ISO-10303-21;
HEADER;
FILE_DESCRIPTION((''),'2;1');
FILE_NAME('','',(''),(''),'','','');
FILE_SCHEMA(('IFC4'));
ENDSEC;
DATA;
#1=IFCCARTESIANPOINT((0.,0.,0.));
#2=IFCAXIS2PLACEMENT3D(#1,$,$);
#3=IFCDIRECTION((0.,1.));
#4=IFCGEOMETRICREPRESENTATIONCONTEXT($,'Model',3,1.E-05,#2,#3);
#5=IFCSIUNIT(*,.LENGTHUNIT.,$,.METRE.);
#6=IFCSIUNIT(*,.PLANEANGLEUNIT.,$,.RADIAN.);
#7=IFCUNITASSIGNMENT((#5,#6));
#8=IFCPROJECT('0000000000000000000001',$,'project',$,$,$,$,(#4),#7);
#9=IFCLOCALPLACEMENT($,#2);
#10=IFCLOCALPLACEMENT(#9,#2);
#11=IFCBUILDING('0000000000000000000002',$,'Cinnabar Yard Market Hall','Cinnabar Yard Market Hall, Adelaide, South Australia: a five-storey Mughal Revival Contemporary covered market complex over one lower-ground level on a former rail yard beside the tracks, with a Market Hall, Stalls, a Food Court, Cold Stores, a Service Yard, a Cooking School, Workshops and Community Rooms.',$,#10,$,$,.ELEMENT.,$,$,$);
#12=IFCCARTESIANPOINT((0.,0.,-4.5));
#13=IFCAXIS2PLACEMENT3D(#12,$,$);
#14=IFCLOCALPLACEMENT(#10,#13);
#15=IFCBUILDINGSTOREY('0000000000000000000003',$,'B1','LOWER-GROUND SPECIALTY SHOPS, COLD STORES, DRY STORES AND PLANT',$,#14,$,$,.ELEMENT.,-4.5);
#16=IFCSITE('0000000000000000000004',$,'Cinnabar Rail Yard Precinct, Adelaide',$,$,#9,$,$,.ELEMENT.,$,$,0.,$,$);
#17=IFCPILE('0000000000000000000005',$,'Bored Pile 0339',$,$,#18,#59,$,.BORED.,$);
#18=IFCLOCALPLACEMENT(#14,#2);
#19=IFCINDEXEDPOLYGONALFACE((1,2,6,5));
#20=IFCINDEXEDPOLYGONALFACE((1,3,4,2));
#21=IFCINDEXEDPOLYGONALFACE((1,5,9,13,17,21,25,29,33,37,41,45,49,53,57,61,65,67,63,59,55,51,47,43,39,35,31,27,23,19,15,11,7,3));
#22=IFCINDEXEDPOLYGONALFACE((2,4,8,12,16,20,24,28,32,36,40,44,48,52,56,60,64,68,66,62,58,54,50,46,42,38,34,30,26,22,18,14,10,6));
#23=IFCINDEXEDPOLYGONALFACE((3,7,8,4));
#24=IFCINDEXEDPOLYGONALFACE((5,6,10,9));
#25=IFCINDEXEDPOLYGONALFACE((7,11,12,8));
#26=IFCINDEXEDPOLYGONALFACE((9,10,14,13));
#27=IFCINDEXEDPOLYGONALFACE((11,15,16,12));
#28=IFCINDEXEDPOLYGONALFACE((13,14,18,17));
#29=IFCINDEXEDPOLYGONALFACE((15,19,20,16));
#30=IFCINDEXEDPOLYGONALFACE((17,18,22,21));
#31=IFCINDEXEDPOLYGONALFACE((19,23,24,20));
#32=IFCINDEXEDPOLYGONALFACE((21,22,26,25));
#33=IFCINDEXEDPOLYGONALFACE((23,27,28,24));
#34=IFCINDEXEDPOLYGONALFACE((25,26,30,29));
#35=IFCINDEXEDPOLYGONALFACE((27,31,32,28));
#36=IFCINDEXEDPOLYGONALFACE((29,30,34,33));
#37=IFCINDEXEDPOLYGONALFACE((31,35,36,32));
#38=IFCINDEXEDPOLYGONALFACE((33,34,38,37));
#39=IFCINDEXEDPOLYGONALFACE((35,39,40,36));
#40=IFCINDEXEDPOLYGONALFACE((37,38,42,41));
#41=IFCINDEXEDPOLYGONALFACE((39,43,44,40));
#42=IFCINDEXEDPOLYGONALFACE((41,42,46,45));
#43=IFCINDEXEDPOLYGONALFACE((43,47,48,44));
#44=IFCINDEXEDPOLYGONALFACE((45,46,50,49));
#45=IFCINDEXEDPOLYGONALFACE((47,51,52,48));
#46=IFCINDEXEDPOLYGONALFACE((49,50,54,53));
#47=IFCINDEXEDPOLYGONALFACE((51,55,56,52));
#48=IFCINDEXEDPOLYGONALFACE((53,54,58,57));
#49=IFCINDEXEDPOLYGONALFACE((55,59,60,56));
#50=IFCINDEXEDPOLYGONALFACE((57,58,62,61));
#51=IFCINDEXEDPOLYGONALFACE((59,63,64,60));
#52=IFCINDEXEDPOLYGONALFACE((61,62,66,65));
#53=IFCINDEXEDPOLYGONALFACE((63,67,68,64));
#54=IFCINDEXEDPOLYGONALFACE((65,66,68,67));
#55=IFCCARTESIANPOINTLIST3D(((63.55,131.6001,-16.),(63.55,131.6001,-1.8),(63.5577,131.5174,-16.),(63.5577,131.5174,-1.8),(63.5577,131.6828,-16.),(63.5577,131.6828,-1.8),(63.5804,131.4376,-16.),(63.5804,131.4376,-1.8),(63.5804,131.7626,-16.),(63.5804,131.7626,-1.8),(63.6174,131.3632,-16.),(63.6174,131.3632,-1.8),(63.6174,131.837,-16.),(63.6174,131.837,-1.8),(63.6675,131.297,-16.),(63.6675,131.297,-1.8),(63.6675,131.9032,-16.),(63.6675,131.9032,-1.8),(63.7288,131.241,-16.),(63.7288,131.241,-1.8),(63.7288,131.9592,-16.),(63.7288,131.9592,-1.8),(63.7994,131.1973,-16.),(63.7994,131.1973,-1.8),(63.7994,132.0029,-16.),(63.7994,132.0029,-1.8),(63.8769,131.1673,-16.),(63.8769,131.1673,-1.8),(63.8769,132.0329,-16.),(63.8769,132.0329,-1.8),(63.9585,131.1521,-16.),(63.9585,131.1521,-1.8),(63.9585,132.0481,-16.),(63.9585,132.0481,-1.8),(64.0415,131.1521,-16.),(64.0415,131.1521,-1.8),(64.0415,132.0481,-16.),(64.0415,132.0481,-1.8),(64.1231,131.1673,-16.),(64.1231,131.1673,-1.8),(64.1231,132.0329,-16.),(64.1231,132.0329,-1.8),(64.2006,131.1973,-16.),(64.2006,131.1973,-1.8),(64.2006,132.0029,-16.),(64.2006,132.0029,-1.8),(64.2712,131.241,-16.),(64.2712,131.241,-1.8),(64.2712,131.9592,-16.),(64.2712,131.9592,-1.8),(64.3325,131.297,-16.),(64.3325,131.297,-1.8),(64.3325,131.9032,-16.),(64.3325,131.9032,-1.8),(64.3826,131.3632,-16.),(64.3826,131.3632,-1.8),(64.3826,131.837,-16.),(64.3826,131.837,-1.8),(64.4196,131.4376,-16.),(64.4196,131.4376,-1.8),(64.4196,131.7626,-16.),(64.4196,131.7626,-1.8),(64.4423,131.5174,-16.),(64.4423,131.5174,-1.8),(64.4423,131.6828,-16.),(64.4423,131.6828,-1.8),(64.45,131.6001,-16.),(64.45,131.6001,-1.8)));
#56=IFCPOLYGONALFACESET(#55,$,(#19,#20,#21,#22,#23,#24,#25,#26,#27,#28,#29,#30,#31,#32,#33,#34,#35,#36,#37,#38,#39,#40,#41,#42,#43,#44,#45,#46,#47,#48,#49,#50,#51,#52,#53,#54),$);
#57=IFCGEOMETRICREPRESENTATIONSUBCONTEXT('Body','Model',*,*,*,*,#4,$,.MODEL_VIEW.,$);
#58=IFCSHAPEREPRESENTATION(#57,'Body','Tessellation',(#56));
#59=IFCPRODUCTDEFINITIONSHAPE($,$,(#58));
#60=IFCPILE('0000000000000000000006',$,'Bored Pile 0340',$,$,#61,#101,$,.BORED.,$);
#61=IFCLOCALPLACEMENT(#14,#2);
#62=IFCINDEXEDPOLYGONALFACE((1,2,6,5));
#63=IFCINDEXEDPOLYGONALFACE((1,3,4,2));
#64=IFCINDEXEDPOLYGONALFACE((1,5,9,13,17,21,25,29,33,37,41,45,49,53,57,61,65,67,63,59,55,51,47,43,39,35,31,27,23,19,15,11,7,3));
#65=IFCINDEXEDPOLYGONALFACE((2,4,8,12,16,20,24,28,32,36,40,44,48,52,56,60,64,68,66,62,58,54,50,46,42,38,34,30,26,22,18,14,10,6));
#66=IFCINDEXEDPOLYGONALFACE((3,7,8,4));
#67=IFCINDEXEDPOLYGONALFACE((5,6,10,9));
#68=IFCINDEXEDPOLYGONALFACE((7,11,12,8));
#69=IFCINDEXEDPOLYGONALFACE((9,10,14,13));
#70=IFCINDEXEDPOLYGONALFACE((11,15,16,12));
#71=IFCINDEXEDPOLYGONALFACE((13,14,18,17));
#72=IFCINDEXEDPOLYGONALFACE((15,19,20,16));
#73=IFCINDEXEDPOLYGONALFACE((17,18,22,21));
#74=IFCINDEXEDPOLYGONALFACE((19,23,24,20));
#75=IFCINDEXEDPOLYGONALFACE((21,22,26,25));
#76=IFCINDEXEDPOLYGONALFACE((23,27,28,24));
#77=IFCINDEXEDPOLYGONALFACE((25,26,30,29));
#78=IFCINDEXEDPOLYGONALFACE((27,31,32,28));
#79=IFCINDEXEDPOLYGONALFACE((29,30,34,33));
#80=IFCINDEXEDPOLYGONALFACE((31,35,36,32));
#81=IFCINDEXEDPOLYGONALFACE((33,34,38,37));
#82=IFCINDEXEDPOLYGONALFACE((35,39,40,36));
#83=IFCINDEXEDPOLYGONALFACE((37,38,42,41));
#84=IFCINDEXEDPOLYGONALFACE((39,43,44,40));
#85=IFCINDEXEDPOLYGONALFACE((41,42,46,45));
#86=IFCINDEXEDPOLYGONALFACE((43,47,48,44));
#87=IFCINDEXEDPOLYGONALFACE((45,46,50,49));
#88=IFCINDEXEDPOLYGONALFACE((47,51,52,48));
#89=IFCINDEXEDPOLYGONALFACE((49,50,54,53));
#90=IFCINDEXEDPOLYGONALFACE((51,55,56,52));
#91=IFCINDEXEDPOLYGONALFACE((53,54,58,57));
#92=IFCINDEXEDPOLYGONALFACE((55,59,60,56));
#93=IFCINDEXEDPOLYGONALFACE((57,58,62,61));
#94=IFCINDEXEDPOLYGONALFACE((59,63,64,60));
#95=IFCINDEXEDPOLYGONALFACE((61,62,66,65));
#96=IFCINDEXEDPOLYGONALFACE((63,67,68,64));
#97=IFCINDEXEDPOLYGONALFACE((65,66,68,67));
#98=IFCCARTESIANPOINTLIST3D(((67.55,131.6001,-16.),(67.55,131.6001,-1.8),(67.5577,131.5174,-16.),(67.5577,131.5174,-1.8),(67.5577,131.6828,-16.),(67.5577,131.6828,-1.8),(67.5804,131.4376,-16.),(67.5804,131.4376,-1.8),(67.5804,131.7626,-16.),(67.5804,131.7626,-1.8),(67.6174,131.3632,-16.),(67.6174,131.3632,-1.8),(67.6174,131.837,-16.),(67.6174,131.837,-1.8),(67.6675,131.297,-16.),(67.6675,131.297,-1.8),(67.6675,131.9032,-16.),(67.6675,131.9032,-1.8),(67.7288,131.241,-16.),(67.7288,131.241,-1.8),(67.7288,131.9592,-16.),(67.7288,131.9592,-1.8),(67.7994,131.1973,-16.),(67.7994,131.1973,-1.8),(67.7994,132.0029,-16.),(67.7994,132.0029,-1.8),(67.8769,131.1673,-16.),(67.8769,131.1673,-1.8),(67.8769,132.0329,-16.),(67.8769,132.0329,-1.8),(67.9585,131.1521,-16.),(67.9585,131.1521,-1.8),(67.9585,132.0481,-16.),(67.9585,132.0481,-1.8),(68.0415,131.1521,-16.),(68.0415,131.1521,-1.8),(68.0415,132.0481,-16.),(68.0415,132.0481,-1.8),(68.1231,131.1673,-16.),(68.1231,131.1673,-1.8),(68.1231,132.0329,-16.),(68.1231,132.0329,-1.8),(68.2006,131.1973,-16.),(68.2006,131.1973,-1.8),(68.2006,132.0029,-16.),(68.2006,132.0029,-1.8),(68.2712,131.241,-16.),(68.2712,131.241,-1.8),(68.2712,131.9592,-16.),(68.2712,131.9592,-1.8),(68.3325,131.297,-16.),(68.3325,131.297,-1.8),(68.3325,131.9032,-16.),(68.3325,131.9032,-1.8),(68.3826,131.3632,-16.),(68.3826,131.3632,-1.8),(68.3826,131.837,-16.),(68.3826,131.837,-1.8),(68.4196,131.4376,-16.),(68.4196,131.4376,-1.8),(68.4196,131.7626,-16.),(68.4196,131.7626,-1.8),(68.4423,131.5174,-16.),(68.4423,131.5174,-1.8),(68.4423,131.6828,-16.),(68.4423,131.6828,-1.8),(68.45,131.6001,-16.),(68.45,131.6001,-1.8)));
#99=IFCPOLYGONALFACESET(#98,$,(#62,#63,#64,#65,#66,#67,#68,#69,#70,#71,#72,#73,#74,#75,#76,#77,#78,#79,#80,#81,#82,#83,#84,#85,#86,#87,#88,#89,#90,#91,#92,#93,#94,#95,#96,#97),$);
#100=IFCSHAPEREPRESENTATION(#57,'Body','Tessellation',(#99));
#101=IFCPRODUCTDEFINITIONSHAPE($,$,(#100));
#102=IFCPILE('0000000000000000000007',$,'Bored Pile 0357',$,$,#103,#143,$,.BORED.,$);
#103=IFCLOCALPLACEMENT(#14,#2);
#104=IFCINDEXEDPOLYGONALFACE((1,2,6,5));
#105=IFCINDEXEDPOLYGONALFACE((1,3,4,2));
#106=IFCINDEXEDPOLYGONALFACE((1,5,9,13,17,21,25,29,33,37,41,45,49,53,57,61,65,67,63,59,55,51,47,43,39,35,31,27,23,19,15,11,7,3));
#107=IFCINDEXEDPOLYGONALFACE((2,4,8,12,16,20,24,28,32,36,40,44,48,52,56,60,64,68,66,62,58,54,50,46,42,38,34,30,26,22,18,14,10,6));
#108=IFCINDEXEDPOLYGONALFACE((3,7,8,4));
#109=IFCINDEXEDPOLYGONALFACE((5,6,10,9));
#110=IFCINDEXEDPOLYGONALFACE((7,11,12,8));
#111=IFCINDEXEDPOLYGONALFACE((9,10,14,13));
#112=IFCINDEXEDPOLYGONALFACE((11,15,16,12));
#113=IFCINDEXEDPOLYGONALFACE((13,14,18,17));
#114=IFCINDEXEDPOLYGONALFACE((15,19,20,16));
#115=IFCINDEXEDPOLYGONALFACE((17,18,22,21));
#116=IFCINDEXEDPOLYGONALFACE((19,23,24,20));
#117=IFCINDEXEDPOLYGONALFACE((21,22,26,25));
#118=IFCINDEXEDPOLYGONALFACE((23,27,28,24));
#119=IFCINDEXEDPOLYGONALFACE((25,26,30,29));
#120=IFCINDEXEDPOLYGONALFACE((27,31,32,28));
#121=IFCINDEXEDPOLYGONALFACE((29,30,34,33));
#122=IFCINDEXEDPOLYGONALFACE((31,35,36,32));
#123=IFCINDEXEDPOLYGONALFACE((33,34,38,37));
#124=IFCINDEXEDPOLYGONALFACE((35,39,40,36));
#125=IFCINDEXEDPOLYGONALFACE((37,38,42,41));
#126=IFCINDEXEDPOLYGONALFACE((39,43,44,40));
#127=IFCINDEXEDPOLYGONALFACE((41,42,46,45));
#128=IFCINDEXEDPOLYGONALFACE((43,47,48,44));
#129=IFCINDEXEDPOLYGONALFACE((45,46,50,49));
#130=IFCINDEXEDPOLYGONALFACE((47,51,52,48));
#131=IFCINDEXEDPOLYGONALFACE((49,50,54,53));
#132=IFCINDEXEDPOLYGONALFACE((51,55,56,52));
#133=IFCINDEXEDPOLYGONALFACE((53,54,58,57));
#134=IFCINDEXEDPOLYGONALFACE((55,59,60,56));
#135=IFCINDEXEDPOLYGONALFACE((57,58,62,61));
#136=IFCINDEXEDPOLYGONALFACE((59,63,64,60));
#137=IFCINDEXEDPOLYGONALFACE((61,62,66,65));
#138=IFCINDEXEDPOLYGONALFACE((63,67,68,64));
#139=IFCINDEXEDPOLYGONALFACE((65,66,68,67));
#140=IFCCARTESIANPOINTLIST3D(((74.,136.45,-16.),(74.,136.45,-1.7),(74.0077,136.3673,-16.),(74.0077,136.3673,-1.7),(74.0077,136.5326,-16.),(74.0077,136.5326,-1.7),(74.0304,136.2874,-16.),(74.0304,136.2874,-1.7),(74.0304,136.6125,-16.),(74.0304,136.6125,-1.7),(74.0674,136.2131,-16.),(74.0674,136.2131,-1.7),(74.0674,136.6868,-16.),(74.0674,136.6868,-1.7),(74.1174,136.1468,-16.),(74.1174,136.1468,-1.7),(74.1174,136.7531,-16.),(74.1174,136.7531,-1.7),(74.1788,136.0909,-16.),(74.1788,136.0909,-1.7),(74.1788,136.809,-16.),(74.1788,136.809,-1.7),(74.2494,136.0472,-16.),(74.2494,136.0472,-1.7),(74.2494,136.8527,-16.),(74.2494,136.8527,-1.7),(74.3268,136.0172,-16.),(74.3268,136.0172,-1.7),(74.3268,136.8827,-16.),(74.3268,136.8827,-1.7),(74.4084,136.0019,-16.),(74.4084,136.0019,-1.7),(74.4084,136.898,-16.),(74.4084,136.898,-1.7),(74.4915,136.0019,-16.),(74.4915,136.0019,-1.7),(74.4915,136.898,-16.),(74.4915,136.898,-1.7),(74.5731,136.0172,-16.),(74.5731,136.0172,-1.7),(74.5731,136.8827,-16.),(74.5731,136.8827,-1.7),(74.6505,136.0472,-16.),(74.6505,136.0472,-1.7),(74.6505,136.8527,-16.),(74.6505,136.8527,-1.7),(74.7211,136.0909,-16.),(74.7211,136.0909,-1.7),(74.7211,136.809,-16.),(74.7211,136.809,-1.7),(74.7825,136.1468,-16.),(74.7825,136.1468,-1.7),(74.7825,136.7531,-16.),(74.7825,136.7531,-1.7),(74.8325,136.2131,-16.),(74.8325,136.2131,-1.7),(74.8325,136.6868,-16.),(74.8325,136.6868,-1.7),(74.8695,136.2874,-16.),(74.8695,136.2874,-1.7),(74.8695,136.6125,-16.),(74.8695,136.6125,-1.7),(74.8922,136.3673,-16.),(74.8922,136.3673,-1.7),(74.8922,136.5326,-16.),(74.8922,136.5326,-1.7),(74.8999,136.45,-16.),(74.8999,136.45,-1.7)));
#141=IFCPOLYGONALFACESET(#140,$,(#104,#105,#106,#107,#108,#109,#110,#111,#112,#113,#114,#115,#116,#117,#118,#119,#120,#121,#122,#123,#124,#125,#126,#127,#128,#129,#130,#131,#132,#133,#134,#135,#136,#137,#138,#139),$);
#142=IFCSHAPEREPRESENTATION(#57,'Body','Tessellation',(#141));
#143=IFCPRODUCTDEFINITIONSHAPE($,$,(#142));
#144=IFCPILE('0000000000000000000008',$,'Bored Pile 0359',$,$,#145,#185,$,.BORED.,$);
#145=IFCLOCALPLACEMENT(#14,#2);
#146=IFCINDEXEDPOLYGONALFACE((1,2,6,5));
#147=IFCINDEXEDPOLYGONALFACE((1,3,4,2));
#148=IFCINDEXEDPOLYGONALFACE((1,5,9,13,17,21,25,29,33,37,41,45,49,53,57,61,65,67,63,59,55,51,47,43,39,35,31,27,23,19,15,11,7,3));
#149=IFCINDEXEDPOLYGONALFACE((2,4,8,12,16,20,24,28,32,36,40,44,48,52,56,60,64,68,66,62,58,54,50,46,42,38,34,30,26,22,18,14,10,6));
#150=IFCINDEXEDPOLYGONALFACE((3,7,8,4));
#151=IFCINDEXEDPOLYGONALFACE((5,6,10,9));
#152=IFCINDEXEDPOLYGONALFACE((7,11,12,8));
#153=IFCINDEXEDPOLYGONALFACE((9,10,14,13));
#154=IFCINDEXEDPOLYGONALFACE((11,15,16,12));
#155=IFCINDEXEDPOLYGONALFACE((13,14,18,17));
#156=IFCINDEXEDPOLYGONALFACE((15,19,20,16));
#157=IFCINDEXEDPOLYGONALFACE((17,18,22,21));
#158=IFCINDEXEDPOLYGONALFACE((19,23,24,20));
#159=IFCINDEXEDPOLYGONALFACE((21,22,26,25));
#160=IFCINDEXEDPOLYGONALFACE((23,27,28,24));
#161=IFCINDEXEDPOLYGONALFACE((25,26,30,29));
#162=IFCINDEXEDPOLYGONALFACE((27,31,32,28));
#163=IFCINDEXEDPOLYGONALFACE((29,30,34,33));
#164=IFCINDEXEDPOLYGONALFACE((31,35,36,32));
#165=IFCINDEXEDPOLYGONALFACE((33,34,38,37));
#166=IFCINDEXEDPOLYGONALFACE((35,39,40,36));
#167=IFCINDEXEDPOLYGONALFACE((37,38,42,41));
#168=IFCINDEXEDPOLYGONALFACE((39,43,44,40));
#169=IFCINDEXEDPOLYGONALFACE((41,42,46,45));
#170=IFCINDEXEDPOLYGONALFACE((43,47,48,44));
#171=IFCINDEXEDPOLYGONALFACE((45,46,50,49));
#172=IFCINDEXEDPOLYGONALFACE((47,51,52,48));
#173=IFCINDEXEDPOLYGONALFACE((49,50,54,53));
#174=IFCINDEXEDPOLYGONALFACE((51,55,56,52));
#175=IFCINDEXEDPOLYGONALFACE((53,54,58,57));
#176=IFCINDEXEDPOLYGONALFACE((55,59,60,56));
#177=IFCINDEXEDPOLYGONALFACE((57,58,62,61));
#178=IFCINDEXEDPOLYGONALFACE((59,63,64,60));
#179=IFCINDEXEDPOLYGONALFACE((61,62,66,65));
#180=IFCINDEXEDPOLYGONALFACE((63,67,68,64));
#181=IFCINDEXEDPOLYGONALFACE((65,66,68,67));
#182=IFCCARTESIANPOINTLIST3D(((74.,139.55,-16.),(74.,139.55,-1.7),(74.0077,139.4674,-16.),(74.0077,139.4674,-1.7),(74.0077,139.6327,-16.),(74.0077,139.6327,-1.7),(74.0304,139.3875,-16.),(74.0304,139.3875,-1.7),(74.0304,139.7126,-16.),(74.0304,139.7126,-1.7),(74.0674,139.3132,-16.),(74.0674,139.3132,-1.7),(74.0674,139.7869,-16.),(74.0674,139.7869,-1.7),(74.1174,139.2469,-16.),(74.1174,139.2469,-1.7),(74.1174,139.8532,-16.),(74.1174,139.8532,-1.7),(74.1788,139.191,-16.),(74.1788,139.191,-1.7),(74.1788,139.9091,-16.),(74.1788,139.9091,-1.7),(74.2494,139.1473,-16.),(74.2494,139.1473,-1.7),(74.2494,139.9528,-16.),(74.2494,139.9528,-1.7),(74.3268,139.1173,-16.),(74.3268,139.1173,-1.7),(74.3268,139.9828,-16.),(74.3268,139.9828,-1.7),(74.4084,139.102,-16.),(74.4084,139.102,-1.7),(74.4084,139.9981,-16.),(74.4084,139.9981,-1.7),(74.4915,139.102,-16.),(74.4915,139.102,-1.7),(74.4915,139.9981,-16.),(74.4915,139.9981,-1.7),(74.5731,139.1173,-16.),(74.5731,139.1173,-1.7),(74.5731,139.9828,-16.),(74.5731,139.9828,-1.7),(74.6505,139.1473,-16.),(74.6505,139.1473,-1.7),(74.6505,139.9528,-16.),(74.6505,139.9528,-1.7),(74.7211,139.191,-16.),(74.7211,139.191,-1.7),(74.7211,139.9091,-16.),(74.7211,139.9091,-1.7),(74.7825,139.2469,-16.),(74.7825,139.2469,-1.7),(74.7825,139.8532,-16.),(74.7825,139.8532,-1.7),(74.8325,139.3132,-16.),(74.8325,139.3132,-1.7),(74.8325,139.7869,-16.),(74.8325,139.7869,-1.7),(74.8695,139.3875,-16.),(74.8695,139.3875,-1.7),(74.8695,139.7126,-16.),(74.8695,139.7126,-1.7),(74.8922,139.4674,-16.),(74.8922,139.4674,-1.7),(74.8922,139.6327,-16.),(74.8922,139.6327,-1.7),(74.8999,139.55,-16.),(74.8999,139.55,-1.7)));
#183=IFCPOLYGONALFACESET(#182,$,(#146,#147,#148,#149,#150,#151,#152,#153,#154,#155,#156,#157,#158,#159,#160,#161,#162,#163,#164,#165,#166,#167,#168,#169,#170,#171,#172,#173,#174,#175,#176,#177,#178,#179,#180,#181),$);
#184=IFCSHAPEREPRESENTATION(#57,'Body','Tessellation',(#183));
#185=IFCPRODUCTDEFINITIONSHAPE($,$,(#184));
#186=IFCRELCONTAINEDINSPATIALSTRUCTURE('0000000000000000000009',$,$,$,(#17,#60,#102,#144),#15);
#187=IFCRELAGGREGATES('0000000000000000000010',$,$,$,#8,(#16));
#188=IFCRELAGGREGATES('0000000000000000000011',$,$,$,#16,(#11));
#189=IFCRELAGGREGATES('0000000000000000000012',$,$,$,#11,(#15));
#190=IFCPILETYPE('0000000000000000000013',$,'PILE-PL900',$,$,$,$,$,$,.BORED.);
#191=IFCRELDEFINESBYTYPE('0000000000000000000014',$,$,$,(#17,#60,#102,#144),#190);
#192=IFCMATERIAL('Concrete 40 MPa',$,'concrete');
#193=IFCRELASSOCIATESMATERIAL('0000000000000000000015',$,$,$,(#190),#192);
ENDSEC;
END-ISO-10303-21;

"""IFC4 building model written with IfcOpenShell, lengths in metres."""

from ifc_helpers import new_model, si_unit, direction, frame, origin, origin_2d_with_axis, place, context, subcontext, project, spatial, circle, extrude, material, material_profile, profile_set, type_object, element, save


model = new_model("IFC4")

# Units and contexts
model_context = context("Model", 3, precision=1e-05, world=origin(), true_north=direction((0.0, 1.0)))
body_context = subcontext(model_context, "Body", "Model", "MODEL_VIEW")
ifc_project = project(units=[si_unit("LENGTHUNIT", "METRE"), si_unit("PLANEANGLEUNIT", "RADIAN")], contexts=[model_context])

# Site, building, storey
site_placement = place(None, origin())
site = spatial("IfcSite", under=ifc_project, at=site_placement, Name="Cinnabar Rail Yard Precinct, Adelaide", CompositionType="ELEMENT", RefElevation=0.0)
building_placement = place(site_placement, origin())
building = spatial("IfcBuilding", under=site, at=building_placement, Name="Cinnabar Yard Market Hall", Description="Cinnabar Yard Market Hall, Adelaide, South Australia: a five-storey Mughal Revival Contemporary covered market complex over one lower-ground level on a former rail yard beside the tracks, with a Market Hall, Stalls, a Food Court, Cold Stores, a Service Yard, a Cooking School, Workshops and Community Rooms.", CompositionType="ELEMENT")
storey_placement = place(building_placement, frame((0.0, 0.0, -4.5)))
storey = spatial("IfcBuildingStorey", under=building, at=storey_placement, Name="B1", Description="LOWER-GROUND SPECIALTY SHOPS, COLD STORES, DRY STORES AND PLANT", CompositionType="ELEMENT", Elevation=-4.5)

# Shared definitions
ifc_material_1 = material(Name="Concrete 40 MPa", Category="concrete")

# Piles
ifc_material_profile_1 = material_profile(ifc_material_1, circle(Radius=0.45, at=origin_2d_with_axis()), Name="PILE-D900")
ifc_profile_set_1 = profile_set([ifc_material_profile_1], Name="Concrete 40 MPa")
pile_type_1 = type_object("IfcPileType", Name="PILE-PL900", PredefinedType="BORED", material=ifc_profile_set_1)
for number, where, z_axis, x_axis, name in (
    (1, (64.0, 131.6001, -1.8), (0.0, 0.0, -1.0), (1.0, 0.0, 0.0), "Bored Pile 0339"),
    (2, (68.0, 131.6001, -1.8), (0.0, 0.0, -1.0), (1.0, 0.0, 0.0), "Bored Pile 0340"),
):
    element("IfcPile", number, at=place(storey_placement, frame(where, z_axis=z_axis, x_axis=x_axis)), inside=storey, type_object=pile_type_1, Name=name, PredefinedType="BORED", context=body_context, shape_type="SweptSolid", body=[
        extrude(circle(Radius=0.45, at=origin_2d_with_axis()), origin(), (0.0, 0.0, 1.0), 14.2),
    ])
for number, where, z_axis, x_axis, name in (
    (3, (74.45, 136.45, -1.7), (0.0, 0.0, -1.0), (1.0, 0.0, 0.0), "Bored Pile 0357"),
    (4, (74.45, 139.55, -1.7), (0.0, 0.0, -1.0), (1.0, 0.0, 0.0), "Bored Pile 0359"),
):
    element("IfcPile", number, at=place(storey_placement, frame(where, z_axis=z_axis, x_axis=x_axis)), inside=storey, type_object=pile_type_1, Name=name, PredefinedType="BORED", context=body_context, shape_type="SweptSolid", body=[
        extrude(circle(Radius=0.45, at=origin_2d_with_axis()), origin(), (0.0, 0.0, 1.0), 14.3),
    ])

save(model, "model.ifc")
